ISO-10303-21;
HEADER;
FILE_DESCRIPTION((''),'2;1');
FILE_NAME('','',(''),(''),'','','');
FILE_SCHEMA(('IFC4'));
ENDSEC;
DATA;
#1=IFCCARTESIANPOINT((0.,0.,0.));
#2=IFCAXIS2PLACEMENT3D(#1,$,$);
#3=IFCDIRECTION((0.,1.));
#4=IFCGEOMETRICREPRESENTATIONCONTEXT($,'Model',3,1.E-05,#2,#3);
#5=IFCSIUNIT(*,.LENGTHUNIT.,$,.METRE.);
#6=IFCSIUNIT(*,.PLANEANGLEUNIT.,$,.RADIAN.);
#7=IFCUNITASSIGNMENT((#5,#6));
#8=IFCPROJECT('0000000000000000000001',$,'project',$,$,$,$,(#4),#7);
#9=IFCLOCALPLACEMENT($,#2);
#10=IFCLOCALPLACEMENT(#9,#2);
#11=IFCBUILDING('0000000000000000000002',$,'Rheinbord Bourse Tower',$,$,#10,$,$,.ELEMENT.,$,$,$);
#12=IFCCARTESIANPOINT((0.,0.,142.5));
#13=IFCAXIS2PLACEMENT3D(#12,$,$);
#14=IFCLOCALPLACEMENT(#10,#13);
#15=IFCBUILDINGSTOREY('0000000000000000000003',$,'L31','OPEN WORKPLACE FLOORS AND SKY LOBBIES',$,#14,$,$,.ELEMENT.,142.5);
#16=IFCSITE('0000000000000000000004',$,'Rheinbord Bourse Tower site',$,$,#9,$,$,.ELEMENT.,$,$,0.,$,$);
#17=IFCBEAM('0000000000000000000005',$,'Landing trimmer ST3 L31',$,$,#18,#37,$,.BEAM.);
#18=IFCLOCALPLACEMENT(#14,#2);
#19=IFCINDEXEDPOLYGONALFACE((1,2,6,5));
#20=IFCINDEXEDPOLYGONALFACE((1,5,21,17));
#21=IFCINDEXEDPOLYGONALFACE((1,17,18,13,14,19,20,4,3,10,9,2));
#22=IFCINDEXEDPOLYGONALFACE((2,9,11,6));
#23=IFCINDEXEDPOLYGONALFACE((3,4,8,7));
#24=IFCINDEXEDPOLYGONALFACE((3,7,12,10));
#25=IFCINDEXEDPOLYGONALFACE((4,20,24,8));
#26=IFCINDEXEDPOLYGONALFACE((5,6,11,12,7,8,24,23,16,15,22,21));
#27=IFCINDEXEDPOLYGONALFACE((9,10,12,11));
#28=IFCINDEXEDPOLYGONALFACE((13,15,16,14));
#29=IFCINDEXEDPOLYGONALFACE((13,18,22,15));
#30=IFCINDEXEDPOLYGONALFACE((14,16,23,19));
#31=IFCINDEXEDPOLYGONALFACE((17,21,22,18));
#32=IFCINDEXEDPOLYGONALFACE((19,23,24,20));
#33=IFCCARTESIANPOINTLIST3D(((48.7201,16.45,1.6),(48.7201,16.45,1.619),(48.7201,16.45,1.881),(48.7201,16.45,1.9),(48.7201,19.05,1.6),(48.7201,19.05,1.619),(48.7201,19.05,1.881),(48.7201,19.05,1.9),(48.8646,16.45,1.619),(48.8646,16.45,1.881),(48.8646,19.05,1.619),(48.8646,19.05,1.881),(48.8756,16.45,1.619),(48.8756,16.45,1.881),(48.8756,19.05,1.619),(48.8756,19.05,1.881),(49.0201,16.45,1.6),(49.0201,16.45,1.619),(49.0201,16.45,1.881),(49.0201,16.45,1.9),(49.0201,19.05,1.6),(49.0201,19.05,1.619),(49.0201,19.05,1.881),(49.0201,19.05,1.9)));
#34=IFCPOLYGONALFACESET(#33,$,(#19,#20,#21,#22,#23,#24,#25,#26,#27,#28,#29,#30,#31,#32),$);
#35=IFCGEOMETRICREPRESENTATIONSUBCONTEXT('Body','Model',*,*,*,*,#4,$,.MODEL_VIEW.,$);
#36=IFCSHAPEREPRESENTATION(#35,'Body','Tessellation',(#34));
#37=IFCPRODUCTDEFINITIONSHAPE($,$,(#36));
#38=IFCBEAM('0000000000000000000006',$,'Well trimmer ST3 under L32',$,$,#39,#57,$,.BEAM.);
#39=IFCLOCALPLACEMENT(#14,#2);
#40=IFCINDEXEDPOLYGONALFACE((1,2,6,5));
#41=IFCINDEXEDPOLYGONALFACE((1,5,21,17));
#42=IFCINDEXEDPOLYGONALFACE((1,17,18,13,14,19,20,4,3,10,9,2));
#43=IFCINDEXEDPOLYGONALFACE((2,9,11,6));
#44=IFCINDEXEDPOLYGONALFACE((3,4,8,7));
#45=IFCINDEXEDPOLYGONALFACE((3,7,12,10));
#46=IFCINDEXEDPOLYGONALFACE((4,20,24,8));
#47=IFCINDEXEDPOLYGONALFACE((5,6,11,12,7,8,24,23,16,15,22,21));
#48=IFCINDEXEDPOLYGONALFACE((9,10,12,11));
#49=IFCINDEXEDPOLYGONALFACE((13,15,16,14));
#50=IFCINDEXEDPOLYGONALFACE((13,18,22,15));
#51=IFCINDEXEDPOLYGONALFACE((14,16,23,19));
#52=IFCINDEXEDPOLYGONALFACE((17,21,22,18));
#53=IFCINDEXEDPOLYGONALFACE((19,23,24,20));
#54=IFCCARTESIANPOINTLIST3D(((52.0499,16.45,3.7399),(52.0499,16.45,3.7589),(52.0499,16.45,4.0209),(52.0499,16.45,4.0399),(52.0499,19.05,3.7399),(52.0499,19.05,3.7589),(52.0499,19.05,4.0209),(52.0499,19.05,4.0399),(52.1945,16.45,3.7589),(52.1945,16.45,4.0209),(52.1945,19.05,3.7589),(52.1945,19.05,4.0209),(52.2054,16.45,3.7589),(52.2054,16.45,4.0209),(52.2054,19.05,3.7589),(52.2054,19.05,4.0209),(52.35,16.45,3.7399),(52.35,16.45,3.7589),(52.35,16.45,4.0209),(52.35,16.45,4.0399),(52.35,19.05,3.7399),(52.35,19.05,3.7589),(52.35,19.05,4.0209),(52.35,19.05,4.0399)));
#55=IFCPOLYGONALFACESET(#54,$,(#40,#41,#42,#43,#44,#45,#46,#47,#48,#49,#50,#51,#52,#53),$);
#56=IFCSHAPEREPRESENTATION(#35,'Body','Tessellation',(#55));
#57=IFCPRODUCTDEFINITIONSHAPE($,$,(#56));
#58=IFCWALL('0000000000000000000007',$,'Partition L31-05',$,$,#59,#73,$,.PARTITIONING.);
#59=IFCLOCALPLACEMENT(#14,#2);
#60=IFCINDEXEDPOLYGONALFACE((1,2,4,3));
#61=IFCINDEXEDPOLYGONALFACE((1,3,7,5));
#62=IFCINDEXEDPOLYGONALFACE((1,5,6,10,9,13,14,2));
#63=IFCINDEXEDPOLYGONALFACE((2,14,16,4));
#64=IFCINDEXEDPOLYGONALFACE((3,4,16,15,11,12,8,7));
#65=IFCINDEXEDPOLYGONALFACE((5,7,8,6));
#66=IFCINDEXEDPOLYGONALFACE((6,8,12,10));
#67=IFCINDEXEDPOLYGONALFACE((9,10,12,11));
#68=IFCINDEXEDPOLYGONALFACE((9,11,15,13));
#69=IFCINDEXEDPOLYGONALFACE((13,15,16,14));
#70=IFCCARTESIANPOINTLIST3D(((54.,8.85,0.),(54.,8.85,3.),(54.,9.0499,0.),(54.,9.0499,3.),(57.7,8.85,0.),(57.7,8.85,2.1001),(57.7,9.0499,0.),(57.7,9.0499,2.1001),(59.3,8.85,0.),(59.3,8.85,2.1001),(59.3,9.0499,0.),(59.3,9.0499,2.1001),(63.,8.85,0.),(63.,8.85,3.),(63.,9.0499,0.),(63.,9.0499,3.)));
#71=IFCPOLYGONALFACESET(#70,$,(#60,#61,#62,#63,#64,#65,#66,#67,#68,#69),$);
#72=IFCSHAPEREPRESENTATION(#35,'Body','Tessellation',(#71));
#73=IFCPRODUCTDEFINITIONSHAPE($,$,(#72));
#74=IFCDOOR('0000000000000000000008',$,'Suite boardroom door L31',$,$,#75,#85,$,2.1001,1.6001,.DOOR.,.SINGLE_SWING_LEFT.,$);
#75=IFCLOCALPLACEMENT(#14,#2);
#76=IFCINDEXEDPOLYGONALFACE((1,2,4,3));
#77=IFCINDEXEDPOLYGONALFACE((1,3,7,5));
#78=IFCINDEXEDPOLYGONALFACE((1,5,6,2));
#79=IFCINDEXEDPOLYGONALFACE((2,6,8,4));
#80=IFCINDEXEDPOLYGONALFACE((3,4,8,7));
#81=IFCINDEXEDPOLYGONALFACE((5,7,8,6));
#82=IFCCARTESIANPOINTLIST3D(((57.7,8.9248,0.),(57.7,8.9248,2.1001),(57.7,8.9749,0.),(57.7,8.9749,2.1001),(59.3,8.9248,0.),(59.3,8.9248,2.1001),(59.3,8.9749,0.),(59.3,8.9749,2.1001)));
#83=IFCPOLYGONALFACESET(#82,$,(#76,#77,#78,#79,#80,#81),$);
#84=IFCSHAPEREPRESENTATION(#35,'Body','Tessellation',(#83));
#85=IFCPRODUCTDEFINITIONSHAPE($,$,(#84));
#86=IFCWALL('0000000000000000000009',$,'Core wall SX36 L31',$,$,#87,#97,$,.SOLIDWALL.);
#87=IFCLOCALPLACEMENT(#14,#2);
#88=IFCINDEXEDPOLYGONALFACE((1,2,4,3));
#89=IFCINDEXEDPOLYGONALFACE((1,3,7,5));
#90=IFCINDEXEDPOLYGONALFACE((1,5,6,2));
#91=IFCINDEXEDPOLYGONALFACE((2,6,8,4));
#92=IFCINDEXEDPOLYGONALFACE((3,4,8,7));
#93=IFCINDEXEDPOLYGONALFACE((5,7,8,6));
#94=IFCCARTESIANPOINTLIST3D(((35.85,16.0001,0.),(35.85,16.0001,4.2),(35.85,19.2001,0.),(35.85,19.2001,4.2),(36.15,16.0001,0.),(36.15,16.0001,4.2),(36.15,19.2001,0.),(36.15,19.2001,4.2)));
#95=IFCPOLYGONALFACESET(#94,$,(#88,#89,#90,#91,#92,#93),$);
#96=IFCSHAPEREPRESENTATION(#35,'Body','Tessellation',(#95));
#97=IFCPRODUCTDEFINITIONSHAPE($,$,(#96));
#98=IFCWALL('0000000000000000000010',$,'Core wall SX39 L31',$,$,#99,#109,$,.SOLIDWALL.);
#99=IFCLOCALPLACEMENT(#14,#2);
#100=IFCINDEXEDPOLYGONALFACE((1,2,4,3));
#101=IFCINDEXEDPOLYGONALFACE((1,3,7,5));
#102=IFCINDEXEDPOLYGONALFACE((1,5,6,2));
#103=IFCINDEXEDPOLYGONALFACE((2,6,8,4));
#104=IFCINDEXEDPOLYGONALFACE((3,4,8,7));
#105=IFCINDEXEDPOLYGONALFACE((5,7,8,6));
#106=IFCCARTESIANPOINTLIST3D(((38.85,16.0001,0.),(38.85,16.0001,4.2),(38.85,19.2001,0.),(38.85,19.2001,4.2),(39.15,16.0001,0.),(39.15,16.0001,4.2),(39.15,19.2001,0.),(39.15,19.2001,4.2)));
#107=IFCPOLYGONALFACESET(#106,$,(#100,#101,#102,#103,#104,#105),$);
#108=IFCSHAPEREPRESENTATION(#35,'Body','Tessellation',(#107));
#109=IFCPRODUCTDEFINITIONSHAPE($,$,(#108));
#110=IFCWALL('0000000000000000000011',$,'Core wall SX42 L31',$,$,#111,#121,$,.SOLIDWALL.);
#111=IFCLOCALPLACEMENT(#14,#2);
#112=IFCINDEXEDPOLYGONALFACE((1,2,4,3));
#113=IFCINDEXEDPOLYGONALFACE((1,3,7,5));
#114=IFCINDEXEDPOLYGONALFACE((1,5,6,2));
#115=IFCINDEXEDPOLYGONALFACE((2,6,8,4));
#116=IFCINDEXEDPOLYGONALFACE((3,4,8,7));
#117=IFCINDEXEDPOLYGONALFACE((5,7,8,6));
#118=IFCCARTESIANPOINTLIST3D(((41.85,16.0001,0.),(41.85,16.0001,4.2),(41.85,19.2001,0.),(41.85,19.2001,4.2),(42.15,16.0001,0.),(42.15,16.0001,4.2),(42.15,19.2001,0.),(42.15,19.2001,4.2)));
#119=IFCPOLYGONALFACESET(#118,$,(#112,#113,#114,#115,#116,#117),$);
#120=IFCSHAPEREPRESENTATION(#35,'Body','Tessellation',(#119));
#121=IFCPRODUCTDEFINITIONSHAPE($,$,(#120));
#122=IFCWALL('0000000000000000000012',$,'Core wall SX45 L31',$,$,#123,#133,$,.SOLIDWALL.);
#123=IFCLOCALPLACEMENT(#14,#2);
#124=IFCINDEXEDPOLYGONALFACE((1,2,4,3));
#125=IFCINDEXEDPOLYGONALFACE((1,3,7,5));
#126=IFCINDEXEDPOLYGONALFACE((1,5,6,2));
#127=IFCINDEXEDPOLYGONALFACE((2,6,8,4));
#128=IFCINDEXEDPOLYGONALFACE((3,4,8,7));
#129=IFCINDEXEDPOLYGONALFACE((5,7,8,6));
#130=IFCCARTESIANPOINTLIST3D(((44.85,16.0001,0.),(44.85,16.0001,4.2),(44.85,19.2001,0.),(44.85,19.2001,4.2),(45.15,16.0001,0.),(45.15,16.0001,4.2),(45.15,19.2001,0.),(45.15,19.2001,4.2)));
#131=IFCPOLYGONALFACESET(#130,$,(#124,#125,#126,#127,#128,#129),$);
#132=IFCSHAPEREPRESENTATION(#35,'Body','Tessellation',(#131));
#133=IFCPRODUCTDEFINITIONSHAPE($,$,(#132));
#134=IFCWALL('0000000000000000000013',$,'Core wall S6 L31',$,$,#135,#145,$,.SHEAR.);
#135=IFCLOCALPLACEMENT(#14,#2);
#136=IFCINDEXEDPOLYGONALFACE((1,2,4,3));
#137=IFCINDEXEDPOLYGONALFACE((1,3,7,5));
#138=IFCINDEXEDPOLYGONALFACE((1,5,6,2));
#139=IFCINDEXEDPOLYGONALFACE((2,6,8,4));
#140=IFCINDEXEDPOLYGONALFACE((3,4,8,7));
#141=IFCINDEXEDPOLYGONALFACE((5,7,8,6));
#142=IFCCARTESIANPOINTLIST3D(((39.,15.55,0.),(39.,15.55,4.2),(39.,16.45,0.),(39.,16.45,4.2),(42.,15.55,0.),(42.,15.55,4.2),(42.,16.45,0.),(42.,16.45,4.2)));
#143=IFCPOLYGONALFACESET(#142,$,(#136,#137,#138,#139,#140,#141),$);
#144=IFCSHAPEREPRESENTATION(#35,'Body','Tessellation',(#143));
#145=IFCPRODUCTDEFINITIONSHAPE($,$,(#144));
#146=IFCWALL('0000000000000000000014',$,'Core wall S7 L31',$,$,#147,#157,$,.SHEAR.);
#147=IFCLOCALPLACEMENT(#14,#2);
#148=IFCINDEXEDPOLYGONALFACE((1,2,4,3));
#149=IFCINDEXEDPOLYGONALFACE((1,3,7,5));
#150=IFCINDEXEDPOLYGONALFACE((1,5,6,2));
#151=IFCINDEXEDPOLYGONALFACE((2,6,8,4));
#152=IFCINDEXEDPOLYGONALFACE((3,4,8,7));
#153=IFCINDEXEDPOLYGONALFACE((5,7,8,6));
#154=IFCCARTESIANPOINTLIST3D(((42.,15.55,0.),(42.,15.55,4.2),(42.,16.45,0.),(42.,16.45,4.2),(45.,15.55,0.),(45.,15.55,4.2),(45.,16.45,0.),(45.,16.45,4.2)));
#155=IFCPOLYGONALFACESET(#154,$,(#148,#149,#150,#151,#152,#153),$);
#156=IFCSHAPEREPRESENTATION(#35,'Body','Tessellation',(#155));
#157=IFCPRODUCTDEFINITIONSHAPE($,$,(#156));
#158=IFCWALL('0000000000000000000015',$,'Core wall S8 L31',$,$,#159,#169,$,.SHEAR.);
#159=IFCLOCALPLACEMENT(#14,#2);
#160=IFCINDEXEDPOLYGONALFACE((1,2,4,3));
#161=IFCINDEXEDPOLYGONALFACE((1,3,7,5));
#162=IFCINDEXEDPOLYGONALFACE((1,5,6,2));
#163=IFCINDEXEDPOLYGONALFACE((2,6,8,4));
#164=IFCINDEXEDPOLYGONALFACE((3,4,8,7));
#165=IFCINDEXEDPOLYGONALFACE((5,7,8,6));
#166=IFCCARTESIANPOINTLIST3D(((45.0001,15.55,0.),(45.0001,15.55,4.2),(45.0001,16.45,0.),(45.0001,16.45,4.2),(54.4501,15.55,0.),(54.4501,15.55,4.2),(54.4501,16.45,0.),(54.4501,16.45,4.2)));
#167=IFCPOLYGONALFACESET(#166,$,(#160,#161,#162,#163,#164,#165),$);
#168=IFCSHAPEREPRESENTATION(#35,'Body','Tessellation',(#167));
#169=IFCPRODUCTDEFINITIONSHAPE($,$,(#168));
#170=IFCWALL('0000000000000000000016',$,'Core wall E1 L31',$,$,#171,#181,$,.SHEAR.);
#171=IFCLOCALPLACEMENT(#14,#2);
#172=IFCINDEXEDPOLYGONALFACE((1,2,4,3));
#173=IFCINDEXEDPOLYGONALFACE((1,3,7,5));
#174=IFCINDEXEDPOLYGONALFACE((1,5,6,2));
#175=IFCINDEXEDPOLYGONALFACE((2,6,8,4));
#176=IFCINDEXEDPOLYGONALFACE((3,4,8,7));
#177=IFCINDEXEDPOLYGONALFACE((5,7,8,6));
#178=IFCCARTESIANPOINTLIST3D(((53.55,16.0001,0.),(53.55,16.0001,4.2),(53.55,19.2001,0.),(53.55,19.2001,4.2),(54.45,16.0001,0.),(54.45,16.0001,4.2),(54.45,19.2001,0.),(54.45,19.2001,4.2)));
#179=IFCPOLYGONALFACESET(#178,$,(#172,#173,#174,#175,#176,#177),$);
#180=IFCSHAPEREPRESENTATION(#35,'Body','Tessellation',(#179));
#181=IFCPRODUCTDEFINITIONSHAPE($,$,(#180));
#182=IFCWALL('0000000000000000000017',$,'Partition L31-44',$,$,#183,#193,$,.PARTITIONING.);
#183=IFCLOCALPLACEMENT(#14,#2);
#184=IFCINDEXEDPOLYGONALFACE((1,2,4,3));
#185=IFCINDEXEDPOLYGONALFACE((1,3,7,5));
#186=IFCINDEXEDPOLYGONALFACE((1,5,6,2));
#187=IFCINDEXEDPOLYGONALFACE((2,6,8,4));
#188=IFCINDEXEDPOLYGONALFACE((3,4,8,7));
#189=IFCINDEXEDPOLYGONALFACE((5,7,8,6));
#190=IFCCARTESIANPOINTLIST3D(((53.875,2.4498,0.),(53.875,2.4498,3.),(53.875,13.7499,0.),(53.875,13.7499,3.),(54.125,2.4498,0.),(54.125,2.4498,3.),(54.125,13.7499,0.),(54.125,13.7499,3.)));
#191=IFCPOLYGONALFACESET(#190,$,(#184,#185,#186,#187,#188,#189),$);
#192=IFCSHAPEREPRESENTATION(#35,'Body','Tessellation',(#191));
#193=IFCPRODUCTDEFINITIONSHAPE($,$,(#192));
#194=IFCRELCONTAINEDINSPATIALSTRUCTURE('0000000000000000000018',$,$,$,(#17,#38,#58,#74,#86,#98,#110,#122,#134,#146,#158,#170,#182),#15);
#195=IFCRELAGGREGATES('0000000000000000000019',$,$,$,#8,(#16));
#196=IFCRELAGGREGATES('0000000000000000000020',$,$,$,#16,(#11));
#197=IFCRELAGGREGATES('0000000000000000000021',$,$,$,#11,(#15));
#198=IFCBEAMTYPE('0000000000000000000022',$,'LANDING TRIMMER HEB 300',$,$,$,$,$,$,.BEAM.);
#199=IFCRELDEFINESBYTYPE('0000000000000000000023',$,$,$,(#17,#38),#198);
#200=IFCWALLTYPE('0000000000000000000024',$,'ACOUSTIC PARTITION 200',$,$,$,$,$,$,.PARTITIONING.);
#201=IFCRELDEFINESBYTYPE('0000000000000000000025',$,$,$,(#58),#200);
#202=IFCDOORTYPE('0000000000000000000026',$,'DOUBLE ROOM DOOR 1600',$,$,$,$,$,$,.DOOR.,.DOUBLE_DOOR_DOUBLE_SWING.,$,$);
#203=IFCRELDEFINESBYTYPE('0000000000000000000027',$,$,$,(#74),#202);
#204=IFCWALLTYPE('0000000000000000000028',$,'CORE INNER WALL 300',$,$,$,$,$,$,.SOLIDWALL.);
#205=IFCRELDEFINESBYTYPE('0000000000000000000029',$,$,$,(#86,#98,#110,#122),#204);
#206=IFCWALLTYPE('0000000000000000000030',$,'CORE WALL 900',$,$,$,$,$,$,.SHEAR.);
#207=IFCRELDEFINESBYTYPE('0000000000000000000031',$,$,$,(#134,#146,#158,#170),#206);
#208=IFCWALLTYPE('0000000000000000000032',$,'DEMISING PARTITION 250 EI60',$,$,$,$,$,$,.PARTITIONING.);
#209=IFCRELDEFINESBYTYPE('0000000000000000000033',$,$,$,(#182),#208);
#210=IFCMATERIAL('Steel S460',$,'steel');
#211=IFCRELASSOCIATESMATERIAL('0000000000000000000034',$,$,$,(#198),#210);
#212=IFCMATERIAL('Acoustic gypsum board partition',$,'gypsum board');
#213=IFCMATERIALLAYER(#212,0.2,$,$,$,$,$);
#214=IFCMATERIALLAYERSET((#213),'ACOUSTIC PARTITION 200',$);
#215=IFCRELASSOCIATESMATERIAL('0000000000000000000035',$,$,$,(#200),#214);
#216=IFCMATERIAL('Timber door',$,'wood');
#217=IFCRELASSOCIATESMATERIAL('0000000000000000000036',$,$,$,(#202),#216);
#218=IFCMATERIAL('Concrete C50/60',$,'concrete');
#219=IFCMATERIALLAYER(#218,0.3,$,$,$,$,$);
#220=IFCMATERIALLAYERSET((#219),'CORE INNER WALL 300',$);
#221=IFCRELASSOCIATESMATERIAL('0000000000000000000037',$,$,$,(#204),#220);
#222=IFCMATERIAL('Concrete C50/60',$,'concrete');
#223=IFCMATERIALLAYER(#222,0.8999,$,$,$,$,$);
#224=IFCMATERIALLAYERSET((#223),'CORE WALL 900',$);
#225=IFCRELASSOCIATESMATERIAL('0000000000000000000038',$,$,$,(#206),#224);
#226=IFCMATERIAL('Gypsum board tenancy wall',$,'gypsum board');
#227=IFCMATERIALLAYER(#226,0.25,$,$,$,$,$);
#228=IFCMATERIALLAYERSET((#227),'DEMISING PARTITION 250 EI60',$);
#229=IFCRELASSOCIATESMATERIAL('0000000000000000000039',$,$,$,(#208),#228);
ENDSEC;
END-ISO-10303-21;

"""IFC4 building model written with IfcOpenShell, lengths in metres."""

from ifc_helpers import new_model, si_unit, direction, frame, frame_2d, origin, origin_2d, place, context, subcontext, project, spatial, rectangle, i_section, extrude, material, layer, layer_set, material_profile, profile_set, type_object, element, fill, save


model = new_model("IFC4")

# Units and contexts
model_context = context("Model", 3, precision=1e-05, world=origin(), true_north=direction((0.0, 1.0)))
body_context = subcontext(model_context, "Body", "Model", "MODEL_VIEW")
ifc_project = project(units=[si_unit("LENGTHUNIT", "METRE"), si_unit("PLANEANGLEUNIT", "RADIAN")], contexts=[model_context])

# Site, building, storey
site_placement = place(None, origin())
site = spatial("IfcSite", under=ifc_project, at=site_placement, Name="Rheinbord Bourse Tower site", CompositionType="ELEMENT", RefElevation=0.0)
building_placement = place(site_placement, origin())
building = spatial("IfcBuilding", under=site, at=building_placement, Name="Rheinbord Bourse Tower", CompositionType="ELEMENT")
storey_placement = place(building_placement, frame((0.0, 0.0, 142.5)))
storey = spatial("IfcBuildingStorey", under=building, at=storey_placement, Name="L31", Description="OPEN WORKPLACE FLOORS AND SKY LOBBIES", CompositionType="ELEMENT", Elevation=142.5)

# Beams
ifc_material_1 = material(Name="Steel S460", Category="steel")
ifc_material_profile = material_profile(ifc_material_1, i_section(OverallWidth=0.3, OverallDepth=0.3, WebThickness=0.011, FlangeThickness=0.019, at=origin_2d()), Name="HEB 300")
ifc_profile_set = profile_set([ifc_material_profile], Name="Steel S460")
beam_type = type_object("IfcBeamType", Name="LANDING TRIMMER HEB 300", PredefinedType="BEAM", material=ifc_profile_set)
for number, where, z_axis, x_axis, name in (
    (1, (48.8701, 16.45, 1.75), (0.0, 1.0, 0.0), (-1.0, 0.0, 0.0), "Landing trimmer ST3 L31"),
    (2, (52.2, 16.45, 3.8899), (0.0, 1.0, 0.0), (-1.0, 0.0, 0.0), "Well trimmer ST3 under L32"),
):
    element("IfcBeam", number, at=place(storey_placement, frame(where, z_axis=z_axis, x_axis=x_axis)), inside=storey, type_object=beam_type, Name=name, PredefinedType="BEAM", context=body_context, shape_type="SweptSolid", body=[
        extrude(i_section(OverallWidth=0.3, OverallDepth=0.3, WebThickness=0.011, FlangeThickness=0.019, at=origin_2d()), origin(), (0.0, 0.0, 1.0), 2.6001),
    ])

# Wall, opening, door
ifc_material_2 = material(Name="Acoustic gypsum board partition", Category="gypsum board")
ifc_layer_1 = layer(ifc_material_2, 0.2)
ifc_layer_set_1 = layer_set([ifc_layer_1], Name="ACOUSTIC PARTITION 200")
wall_type_1 = type_object("IfcWallType", Name="ACOUSTIC PARTITION 200", PredefinedType="PARTITIONING", material=ifc_layer_set_1)
wall_1_placement = place(storey_placement, frame((54.0, 8.95, 0.0), z_axis=(0.0, 0.0, 1.0), x_axis=(1.0, 0.0, 0.0)))
wall_1 = element("IfcWall", 3, at=wall_1_placement, inside=storey, type_object=wall_type_1, Name="Partition L31-05", PredefinedType="PARTITIONING", context=body_context, shape_type="SweptSolid", body=[
    extrude(rectangle(XDim=9.0, YDim=0.2, at=frame_2d((4.5, 0.0))), origin(), (0.0, 0.0, 1.0), 3.0),
])
opening_1_placement = place(wall_1_placement, frame((3.7, 0.0, 0.0)))
opening_1 = element("IfcOpeningElement", 4, at=opening_1_placement, cuts=wall_1, PredefinedType="OPENING", context=body_context, shape_type="SweptSolid", body=[
    extrude(rectangle(XDim=1.6001, YDim=2.1001, at=frame_2d((0.8, 1.05))), frame((0.0, 0.1099, 0.0), z_axis=(0.0, -1.0, 0.0), x_axis=(1.0, 0.0, 0.0)), (0.0, 0.0, 1.0), 0.22),
])
ifc_material_3 = material(Name="Timber door", Category="wood")
door_type_1 = type_object("IfcDoorType", Name="DOUBLE ROOM DOOR 1600", OperationType="DOUBLE_DOOR_DOUBLE_SWING", PredefinedType="DOOR", material=ifc_material_3)
door_1_placement = place(opening_1_placement, origin())
door_1 = element("IfcDoor", 5, at=door_1_placement, inside=storey, type_object=door_type_1, Name="Suite boardroom door L31", OperationType="SINGLE_SWING_LEFT", OverallHeight=2.1001, OverallWidth=1.6001, PredefinedType="DOOR", context=body_context, shape_type="SweptSolid", body=[
    extrude(rectangle(XDim=1.6001, YDim=2.1001, at=frame_2d((0.8, 1.05))), frame((0.0, 0.0249, 0.0), z_axis=(0.0, -1.0, 0.0), x_axis=(1.0, 0.0, 0.0)), (0.0, 0.0, 1.0), 0.05),
])
fill(opening_1, door_1)

# Walls
ifc_material_4 = material(Name="Concrete C50/60", Category="concrete")
ifc_layer_2 = layer(ifc_material_4, 0.3)
ifc_layer_set_2 = layer_set([ifc_layer_2], Name="CORE INNER WALL 300")
wall_type_2 = type_object("IfcWallType", Name="CORE INNER WALL 300", PredefinedType="SOLIDWALL", material=ifc_layer_set_2)
for number, where, z_axis, x_axis, name in (
    (6, (36.0, 16.0, 0.0), (0.0, 0.0, 1.0), (0.0, 1.0, 0.0), "Core wall SX36 L31"),
    (7, (39.0, 16.0, 0.0), (0.0, 0.0, 1.0), (0.0, 1.0, 0.0), "Core wall SX39 L31"),
    (8, (42.0, 16.0, 0.0), (0.0, 0.0, 1.0), (0.0, 1.0, 0.0), "Core wall SX42 L31"),
    (9, (45.0, 16.0, 0.0), (0.0, 0.0, 1.0), (0.0, 1.0, 0.0), "Core wall SX45 L31"),
):
    element("IfcWall", number, at=place(storey_placement, frame(where, z_axis=z_axis, x_axis=x_axis)), inside=storey, type_object=wall_type_2, Name=name, PredefinedType="SOLIDWALL", context=body_context, shape_type="SweptSolid", body=[
        extrude(rectangle(XDim=3.2, YDim=0.3, at=frame_2d((1.6001, 0.0))), origin(), (0.0, 0.0, 1.0), 4.2),
    ])
ifc_material_5 = material(Name="Concrete C50/60", Category="concrete")
ifc_layer_3 = layer(ifc_material_5, 0.8999)
ifc_layer_set_3 = layer_set([ifc_layer_3], Name="CORE WALL 900")
wall_type_3 = type_object("IfcWallType", Name="CORE WALL 900", PredefinedType="SHEAR", material=ifc_layer_set_3)
for number, where, z_axis, x_axis, name in (
    (10, (39.0, 16.0, 0.0), (0.0, 0.0, 1.0), (1.0, 0.0, 0.0), "Core wall S6 L31"),
    (11, (42.0, 16.0, 0.0), (0.0, 0.0, 1.0), (1.0, 0.0, 0.0), "Core wall S7 L31"),
):
    element("IfcWall", number, at=place(storey_placement, frame(where, z_axis=z_axis, x_axis=x_axis)), inside=storey, type_object=wall_type_3, Name=name, PredefinedType="SHEAR", context=body_context, shape_type="SweptSolid", body=[
        extrude(rectangle(XDim=3.0, YDim=0.8999, at=frame_2d((1.5, 0.0))), origin(), (0.0, 0.0, 1.0), 4.2),
    ])
wall_2_placement = place(storey_placement, frame((45.0, 16.0, 0.0), z_axis=(0.0, 0.0, 1.0), x_axis=(1.0, 0.0, 0.0)))
element("IfcWall", 12, at=wall_2_placement, inside=storey, type_object=wall_type_3, Name="Core wall S8 L31", PredefinedType="SHEAR", context=body_context, shape_type="SweptSolid", body=[
    extrude(rectangle(XDim=9.45, YDim=0.8999, at=frame_2d((4.7251, 0.0))), origin(), (0.0, 0.0, 1.0), 4.2),
])
wall_3_placement = place(storey_placement, frame((54.0, 16.0, 0.0), z_axis=(0.0, 0.0, 1.0), x_axis=(0.0, 1.0, 0.0)))
element("IfcWall", 13, at=wall_3_placement, inside=storey, type_object=wall_type_3, Name="Core wall E1 L31", PredefinedType="SHEAR", context=body_context, shape_type="SweptSolid", body=[
    extrude(rectangle(XDim=3.2, YDim=0.8999, at=frame_2d((1.6001, 0.0))), origin(), (0.0, 0.0, 1.0), 4.2),
])
ifc_material_6 = material(Name="Gypsum board tenancy wall", Category="gypsum board")
ifc_layer_4 = layer(ifc_material_6, 0.25)
ifc_layer_set_4 = layer_set([ifc_layer_4], Name="DEMISING PARTITION 250 EI60")
wall_type_4 = type_object("IfcWallType", Name="DEMISING PARTITION 250 EI60", PredefinedType="PARTITIONING", material=ifc_layer_set_4)
wall_4_placement = place(storey_placement, frame((54.0, 2.45, 0.0), z_axis=(0.0, 0.0, 1.0), x_axis=(0.0, 1.0, 0.0)))
element("IfcWall", 14, at=wall_4_placement, inside=storey, type_object=wall_type_4, Name="Partition L31-44", PredefinedType="PARTITIONING", context=body_context, shape_type="SweptSolid", body=[
    extrude(rectangle(XDim=11.3, YDim=0.25, at=frame_2d((5.6499, 0.0))), origin(), (0.0, 0.0, 1.0), 3.0),
])

save(model, "model.ifc")
